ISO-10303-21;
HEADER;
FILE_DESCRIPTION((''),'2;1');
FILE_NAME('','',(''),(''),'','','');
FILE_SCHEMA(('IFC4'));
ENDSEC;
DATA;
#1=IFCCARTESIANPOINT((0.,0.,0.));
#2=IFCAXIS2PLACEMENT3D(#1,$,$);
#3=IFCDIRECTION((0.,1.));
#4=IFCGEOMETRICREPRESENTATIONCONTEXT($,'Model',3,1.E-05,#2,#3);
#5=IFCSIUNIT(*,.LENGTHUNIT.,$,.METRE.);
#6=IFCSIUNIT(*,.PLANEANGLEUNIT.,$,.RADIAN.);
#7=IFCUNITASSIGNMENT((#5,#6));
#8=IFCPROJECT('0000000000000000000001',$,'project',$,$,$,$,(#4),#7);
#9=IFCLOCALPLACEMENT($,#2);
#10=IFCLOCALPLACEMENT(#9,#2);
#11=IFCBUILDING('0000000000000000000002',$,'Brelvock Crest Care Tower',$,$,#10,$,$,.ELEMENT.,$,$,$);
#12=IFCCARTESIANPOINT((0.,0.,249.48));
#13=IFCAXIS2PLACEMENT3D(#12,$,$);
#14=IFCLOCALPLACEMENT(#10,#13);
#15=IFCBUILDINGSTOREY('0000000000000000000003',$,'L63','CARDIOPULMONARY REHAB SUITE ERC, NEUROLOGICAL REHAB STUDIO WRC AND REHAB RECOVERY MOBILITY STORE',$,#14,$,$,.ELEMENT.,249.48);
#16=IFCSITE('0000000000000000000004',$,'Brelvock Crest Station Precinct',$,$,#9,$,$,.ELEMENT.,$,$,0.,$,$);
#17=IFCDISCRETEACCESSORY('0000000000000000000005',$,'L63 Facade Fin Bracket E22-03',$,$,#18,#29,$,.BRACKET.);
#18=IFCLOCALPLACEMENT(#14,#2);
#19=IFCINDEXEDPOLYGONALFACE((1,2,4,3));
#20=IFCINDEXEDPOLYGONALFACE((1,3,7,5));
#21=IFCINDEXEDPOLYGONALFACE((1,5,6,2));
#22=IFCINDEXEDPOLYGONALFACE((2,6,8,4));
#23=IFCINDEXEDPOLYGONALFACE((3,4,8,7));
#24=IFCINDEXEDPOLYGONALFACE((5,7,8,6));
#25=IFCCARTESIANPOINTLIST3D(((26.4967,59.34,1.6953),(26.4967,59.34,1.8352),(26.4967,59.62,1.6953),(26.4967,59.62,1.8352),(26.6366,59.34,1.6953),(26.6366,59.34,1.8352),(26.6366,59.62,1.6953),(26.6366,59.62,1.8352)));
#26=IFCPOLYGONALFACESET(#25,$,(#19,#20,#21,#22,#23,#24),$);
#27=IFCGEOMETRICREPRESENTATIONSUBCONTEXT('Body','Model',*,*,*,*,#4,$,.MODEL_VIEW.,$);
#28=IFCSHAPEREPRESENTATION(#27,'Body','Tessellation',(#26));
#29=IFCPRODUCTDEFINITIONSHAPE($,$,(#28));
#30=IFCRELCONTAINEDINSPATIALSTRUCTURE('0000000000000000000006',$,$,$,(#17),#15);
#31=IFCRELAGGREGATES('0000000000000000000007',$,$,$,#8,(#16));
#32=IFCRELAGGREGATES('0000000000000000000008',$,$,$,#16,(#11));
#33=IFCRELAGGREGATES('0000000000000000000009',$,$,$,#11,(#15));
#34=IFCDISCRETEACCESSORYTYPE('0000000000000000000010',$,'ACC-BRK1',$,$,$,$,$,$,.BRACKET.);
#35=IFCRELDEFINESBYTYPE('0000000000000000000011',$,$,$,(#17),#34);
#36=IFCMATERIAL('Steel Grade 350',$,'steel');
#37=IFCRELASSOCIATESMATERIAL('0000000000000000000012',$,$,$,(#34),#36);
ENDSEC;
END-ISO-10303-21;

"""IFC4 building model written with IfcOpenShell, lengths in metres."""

from ifc_helpers import new_model, si_unit, direction, frame, origin, origin_2d, place, context, subcontext, project, spatial, rectangle, extrude, source, transform, mapped, material, type_object, element, save


model = new_model("IFC4")

# Units and contexts
model_context = context("Model", 3, precision=1e-05, world=origin(), true_north=direction((0.0, 1.0)))
body_context = subcontext(model_context, "Body", "Model", "MODEL_VIEW")
ifc_project = project(units=[si_unit("LENGTHUNIT", "METRE"), si_unit("PLANEANGLEUNIT", "RADIAN")], contexts=[model_context])

# Site, building, storey
site_placement = place(None, origin())
site = spatial("IfcSite", under=ifc_project, at=site_placement, Name="Brelvock Crest Station Precinct", CompositionType="ELEMENT", RefElevation=0.0)
building_placement = place(site_placement, origin())
building = spatial("IfcBuilding", under=site, at=building_placement, Name="Brelvock Crest Care Tower", CompositionType="ELEMENT")
storey_placement = place(building_placement, frame((0.0, 0.0, 249.48)))
storey = spatial("IfcBuildingStorey", under=building, at=storey_placement, Name="L63", Description="CARDIOPULMONARY REHAB SUITE ERC, NEUROLOGICAL REHAB STUDIO WRC AND REHAB RECOVERY MOBILITY STORE", CompositionType="ELEMENT", Elevation=249.48)

# Shared definitions
ifc_material_1 = material(Name="Steel Grade 350", Category="steel")

# Discrete accessory
discrete_accessory_type = type_object("IfcDiscreteAccessoryType", Name="ACC-BRK1", PredefinedType="BRACKET", material=ifc_material_1)
shared_shape_1 = source(origin(), body_context, "Body", "SweptSolid", [
    extrude(rectangle(XDim=0.28, YDim=0.1399, at=origin_2d()), origin(), (0.0, 0.0, 1.0), 0.1399),
])
for number, where, z_axis, x_axis, name in (
    (1, (26.5667, 59.48, 1.6953), (0.0, 0.0, 1.0), (0.0, 1.0, 0.0), "L63 Facade Fin Bracket E22-03"),
):
    element("IfcDiscreteAccessory", number, at=place(storey_placement, frame(where, z_axis=z_axis, x_axis=x_axis)), inside=storey, type_object=discrete_accessory_type, Name=name, PredefinedType="BRACKET", context=body_context, shape_type="MappedRepresentation", body=[
        mapped(shared_shape_1, transform((0.0, 0.0, 0.0), x_axis=(1.0, 0.0, 0.0), y_axis=(0.0, 1.0, 0.0), z_axis=(0.0, 0.0, 1.0), scale=1.0)),
    ])

save(model, "model.ifc")
